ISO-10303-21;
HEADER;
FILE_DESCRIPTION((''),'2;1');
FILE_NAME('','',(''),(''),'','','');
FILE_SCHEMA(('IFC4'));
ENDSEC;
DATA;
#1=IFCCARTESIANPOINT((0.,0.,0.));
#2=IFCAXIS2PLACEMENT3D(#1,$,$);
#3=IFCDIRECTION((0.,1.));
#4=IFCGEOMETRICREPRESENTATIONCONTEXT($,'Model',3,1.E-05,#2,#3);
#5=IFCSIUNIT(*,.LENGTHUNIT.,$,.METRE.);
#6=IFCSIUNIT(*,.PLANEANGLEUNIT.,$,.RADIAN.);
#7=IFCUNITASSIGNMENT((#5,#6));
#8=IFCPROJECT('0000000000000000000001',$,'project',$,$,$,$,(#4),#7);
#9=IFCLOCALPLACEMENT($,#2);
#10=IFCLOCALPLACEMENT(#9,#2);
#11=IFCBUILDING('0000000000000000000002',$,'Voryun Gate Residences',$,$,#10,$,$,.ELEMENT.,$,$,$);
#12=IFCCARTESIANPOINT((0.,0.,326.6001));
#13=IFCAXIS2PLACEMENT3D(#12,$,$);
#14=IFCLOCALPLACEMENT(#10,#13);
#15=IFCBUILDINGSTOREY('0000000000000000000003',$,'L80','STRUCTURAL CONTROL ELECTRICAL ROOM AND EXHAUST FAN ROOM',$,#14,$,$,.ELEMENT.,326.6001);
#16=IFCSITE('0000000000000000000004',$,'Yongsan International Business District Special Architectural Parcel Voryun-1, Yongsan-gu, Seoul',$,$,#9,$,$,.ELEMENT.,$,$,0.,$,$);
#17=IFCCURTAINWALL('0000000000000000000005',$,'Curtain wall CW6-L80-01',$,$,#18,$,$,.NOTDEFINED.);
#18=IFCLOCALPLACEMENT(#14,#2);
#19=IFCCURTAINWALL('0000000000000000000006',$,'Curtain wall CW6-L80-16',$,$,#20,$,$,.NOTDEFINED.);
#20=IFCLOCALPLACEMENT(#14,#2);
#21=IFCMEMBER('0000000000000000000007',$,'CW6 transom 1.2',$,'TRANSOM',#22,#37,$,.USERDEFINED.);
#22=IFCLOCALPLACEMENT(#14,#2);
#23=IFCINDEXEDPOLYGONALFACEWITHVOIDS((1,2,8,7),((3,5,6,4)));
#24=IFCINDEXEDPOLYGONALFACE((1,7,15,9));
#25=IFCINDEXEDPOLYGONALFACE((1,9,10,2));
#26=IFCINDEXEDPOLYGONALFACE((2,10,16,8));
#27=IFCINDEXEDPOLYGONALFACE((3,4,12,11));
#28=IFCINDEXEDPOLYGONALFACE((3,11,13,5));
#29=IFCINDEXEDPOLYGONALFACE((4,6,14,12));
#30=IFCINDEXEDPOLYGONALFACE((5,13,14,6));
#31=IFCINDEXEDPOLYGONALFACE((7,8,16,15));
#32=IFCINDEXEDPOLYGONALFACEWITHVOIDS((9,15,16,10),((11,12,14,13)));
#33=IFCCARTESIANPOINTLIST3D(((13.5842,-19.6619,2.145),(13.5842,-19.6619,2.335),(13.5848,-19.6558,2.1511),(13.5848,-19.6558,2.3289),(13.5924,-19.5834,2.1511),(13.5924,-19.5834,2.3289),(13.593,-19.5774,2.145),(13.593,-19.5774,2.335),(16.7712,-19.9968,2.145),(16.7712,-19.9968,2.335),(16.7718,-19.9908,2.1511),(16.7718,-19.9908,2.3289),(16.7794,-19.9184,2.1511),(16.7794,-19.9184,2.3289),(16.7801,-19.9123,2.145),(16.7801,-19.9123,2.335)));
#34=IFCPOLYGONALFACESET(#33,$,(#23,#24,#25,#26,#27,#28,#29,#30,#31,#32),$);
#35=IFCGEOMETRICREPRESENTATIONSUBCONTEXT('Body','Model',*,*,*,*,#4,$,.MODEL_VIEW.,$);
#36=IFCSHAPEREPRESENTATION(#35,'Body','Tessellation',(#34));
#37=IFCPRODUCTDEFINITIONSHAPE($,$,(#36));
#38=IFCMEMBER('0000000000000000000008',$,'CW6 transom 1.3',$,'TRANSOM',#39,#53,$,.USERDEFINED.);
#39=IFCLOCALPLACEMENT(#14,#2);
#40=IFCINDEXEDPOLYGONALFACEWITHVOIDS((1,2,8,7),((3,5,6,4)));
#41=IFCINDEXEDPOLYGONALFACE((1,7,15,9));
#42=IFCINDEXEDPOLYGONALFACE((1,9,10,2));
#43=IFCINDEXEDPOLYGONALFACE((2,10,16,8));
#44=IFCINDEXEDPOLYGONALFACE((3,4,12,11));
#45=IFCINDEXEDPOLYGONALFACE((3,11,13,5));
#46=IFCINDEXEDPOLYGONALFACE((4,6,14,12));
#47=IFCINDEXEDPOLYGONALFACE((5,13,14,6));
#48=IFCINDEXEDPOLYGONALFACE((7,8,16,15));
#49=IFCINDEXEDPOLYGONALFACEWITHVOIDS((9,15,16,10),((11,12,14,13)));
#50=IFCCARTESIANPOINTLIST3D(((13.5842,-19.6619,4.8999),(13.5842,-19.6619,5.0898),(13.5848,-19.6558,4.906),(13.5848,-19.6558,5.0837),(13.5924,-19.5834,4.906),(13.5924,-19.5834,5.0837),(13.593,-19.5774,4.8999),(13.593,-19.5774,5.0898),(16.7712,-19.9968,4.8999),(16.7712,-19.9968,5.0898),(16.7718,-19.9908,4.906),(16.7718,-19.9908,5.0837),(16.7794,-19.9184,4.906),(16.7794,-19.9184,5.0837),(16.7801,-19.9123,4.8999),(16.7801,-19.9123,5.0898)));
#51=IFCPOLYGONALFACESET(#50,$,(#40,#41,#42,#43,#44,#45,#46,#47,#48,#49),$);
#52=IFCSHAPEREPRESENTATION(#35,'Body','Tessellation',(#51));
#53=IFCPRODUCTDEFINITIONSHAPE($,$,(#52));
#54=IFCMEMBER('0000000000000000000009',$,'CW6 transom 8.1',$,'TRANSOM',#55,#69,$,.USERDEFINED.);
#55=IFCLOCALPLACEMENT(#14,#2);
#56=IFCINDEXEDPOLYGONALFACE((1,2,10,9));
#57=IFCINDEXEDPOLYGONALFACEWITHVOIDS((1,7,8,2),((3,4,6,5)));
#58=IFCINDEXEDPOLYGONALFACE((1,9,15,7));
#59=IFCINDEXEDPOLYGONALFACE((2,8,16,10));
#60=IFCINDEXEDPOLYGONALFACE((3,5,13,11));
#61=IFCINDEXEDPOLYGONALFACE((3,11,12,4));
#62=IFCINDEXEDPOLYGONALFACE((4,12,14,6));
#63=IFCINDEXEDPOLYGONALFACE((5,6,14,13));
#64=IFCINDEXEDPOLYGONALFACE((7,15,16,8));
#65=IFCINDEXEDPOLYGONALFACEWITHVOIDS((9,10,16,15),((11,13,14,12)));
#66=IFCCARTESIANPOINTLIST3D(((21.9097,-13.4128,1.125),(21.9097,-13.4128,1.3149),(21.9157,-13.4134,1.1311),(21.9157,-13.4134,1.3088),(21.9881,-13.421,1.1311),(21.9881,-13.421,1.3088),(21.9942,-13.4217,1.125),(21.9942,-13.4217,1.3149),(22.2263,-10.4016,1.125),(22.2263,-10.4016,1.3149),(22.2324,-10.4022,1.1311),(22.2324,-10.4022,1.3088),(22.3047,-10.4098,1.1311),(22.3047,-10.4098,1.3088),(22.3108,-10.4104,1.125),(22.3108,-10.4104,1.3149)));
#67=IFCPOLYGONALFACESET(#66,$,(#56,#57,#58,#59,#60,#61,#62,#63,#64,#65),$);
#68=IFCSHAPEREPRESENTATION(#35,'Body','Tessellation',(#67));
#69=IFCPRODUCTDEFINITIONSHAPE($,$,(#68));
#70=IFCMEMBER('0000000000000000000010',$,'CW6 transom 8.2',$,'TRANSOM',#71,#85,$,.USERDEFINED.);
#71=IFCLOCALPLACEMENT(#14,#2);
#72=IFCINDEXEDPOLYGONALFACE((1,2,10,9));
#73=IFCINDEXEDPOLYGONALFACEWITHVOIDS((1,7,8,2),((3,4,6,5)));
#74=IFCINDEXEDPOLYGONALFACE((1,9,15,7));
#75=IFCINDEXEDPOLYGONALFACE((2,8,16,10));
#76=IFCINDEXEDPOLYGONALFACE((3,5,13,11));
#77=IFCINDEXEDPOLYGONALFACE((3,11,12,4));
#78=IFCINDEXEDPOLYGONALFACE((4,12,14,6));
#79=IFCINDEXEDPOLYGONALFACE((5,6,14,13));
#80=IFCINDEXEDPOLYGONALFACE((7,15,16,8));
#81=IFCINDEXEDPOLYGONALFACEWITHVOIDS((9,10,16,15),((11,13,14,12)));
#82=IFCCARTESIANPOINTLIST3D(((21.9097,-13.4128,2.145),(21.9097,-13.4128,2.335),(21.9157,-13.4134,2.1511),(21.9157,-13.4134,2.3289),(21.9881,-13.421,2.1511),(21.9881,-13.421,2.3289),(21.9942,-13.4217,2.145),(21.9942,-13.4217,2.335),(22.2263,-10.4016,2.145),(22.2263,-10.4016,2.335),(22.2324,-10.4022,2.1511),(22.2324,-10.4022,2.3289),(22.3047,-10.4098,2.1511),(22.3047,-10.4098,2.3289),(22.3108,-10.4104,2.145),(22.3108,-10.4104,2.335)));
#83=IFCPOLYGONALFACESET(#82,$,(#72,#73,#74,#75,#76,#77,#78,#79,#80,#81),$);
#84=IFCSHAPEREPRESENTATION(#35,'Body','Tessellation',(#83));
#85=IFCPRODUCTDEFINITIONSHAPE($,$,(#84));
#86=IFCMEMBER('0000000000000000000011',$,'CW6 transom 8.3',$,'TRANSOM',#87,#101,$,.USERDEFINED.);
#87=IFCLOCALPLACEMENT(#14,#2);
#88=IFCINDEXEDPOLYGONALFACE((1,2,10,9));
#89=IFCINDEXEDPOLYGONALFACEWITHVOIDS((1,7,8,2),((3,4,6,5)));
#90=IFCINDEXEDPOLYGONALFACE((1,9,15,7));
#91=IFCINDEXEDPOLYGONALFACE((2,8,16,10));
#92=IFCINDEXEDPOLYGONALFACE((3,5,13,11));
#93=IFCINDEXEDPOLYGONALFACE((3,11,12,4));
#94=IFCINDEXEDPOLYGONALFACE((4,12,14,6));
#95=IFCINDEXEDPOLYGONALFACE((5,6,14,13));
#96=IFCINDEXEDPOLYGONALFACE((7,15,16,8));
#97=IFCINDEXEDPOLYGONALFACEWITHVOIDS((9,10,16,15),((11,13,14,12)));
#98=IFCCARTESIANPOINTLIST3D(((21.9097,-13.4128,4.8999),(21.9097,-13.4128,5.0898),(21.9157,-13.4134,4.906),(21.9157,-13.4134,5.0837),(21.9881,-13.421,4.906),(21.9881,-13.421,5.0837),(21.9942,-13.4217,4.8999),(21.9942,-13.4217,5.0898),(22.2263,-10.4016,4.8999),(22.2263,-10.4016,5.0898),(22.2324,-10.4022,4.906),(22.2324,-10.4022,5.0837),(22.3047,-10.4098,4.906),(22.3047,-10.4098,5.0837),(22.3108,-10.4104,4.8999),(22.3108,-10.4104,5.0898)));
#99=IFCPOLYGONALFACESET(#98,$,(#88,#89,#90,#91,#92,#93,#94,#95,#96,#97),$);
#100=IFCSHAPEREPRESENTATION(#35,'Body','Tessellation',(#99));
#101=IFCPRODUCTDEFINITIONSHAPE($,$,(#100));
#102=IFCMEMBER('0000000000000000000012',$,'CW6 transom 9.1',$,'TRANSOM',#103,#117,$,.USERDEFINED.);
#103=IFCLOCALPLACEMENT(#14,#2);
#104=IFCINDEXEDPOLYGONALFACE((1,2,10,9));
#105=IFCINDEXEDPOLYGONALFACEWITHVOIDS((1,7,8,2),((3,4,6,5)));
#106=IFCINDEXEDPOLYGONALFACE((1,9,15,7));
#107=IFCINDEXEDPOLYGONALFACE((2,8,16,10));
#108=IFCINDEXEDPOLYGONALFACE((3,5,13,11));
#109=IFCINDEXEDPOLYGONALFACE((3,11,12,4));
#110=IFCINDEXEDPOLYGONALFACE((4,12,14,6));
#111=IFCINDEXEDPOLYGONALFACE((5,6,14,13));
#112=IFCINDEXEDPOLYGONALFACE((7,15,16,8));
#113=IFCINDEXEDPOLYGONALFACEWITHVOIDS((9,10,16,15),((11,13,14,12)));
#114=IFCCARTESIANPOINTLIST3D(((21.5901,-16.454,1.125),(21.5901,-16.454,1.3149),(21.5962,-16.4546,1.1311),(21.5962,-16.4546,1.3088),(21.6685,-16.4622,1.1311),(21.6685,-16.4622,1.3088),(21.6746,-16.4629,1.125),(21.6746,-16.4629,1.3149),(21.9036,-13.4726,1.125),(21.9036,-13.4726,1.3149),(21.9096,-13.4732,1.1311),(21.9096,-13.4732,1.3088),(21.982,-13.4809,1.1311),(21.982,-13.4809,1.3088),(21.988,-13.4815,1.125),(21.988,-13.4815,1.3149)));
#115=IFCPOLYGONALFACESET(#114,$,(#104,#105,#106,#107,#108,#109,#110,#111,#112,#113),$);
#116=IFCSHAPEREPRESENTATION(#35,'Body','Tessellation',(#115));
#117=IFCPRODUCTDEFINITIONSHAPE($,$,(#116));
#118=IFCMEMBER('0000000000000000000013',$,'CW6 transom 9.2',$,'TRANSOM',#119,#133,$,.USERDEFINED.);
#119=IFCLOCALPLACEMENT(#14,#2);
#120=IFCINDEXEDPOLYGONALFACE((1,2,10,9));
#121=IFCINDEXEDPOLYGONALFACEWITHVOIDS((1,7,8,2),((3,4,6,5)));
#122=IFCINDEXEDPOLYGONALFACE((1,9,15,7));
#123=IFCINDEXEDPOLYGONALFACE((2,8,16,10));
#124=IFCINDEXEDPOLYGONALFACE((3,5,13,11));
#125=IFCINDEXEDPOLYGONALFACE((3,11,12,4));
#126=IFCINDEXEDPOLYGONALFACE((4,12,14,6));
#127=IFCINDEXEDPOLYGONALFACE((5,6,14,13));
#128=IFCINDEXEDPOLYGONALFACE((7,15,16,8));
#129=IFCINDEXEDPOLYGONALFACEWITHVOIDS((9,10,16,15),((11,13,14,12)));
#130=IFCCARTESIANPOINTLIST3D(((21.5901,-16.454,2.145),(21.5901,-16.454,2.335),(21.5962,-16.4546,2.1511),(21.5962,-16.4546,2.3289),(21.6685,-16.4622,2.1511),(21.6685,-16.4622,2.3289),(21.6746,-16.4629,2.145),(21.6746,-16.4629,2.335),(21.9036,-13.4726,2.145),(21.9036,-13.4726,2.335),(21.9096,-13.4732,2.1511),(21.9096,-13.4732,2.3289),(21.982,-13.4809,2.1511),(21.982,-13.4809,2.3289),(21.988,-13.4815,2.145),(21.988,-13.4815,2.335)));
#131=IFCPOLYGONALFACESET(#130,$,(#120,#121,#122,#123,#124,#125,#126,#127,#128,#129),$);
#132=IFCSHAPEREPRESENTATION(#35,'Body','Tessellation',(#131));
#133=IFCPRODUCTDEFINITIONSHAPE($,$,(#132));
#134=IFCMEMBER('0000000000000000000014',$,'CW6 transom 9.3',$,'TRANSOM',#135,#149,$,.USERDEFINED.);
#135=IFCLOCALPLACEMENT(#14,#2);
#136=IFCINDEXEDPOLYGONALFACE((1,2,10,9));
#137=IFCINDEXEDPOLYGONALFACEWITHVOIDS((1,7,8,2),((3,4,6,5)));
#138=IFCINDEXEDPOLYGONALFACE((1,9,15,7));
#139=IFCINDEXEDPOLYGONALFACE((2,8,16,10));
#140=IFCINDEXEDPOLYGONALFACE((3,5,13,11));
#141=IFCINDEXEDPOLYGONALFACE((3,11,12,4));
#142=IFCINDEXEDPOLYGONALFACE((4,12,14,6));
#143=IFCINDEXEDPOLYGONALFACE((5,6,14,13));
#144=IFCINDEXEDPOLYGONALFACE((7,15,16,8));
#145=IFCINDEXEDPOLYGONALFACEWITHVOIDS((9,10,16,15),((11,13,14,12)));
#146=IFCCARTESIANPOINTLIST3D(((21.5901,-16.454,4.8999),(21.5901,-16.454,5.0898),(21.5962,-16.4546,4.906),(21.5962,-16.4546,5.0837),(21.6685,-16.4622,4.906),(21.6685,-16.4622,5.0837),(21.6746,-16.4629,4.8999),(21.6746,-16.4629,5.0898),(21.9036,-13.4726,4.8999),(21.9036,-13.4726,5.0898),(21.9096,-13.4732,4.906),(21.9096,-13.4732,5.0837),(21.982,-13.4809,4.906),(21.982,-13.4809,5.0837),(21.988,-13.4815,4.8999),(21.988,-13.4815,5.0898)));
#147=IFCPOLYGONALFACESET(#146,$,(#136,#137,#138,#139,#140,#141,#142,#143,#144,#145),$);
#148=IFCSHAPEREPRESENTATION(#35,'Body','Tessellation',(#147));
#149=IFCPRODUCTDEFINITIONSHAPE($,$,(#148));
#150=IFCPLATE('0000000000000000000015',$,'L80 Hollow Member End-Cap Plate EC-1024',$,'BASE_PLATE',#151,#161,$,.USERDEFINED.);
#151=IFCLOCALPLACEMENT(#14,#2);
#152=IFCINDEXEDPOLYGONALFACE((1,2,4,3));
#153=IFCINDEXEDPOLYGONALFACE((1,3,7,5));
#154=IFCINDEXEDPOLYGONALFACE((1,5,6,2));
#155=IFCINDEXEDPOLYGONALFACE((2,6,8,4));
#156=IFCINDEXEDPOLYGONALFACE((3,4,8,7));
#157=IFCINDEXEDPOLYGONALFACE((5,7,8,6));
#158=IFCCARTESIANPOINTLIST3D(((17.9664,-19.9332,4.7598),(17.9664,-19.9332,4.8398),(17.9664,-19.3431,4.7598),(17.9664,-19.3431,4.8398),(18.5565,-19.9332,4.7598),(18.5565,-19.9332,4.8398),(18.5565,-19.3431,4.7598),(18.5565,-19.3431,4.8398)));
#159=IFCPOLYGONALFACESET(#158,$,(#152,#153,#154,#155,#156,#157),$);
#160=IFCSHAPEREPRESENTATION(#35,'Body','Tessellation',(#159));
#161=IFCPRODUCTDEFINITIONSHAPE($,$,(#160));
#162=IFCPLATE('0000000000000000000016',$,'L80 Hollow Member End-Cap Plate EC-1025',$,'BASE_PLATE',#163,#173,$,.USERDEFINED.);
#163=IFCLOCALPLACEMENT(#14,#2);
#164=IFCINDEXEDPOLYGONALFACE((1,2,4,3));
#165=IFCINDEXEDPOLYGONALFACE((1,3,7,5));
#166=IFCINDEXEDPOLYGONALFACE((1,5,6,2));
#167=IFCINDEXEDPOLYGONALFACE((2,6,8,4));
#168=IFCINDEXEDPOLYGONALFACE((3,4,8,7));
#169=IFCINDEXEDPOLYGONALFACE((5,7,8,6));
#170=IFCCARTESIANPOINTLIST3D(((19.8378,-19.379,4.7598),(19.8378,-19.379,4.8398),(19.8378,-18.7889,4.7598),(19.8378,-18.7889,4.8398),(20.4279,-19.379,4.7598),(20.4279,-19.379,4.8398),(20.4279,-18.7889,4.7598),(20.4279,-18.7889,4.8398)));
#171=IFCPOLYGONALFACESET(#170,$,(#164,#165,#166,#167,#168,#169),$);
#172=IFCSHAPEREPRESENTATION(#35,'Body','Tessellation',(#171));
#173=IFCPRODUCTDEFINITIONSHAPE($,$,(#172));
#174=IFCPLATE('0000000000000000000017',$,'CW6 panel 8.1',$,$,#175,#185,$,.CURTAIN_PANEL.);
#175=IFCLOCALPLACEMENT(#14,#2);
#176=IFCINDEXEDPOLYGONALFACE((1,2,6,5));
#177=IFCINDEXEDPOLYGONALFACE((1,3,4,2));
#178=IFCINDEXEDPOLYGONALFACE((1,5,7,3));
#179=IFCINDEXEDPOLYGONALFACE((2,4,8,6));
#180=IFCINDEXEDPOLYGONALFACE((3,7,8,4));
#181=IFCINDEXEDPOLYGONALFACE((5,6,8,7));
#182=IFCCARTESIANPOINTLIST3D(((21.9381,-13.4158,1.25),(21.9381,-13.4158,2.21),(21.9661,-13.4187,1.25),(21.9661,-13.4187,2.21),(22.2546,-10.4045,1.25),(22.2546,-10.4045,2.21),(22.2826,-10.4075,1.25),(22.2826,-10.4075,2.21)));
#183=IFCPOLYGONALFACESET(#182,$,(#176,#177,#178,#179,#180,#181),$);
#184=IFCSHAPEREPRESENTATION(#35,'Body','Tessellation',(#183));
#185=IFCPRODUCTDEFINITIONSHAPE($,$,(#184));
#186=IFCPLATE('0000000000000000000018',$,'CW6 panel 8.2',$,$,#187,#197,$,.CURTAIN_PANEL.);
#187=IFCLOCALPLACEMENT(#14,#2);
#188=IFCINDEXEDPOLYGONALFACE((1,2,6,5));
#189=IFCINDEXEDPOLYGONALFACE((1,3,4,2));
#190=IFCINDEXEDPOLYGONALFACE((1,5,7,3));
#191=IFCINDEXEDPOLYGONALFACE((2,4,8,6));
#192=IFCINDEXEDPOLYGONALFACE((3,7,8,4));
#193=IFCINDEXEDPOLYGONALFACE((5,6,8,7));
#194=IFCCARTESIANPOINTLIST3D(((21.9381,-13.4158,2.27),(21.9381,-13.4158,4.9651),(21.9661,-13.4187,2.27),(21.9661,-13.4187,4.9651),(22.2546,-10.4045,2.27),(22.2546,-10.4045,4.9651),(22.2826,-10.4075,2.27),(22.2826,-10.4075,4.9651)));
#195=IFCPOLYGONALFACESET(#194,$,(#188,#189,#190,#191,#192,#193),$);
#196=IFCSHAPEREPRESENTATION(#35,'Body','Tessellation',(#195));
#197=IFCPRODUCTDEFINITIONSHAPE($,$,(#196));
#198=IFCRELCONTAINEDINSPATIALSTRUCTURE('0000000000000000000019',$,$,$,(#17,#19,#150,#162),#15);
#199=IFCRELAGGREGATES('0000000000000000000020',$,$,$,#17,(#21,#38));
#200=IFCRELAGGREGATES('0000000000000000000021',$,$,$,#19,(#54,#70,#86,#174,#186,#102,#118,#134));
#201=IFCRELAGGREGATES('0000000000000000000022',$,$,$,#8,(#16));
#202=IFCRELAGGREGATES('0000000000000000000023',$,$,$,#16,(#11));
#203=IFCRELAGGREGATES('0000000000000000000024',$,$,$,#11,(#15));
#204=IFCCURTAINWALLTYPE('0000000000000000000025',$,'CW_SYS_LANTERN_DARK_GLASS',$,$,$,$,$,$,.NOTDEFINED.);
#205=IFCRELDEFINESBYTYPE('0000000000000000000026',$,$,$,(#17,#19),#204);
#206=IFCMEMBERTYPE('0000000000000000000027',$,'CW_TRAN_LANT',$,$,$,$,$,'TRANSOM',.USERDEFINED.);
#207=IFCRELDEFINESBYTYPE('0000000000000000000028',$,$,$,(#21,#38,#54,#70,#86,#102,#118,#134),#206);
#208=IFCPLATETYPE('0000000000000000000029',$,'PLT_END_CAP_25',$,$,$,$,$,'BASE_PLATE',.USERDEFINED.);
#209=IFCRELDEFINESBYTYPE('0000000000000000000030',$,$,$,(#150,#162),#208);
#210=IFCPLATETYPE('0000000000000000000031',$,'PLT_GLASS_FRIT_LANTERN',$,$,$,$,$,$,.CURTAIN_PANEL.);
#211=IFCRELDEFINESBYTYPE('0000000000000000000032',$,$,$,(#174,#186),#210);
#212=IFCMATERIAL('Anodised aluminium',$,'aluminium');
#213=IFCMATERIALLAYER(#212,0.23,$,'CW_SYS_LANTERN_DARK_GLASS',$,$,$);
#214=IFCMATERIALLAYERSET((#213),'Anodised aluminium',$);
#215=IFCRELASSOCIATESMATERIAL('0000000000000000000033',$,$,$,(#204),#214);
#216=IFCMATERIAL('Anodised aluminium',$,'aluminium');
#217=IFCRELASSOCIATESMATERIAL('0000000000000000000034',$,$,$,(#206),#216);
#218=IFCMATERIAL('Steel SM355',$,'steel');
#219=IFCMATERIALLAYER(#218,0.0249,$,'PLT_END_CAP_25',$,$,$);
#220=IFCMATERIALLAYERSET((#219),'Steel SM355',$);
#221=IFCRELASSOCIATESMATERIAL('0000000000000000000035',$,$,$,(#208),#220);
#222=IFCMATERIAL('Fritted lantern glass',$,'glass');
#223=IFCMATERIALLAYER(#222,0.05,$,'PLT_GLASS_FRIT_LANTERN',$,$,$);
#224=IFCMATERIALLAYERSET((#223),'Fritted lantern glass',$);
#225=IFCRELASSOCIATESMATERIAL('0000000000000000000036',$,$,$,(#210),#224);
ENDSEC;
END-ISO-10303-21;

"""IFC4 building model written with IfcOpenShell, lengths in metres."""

from ifc_helpers import new_model, si_unit, direction, frame, origin, origin_2d, place, context, subcontext, project, spatial, rectangle, hollow_rectangle, extrude, material, layer, layer_set, material_profile, profile_set, type_object, element, aggregate, save


model = new_model("IFC4")

# Units and contexts
model_context = context("Model", 3, precision=1e-05, world=origin(), true_north=direction((0.0, 1.0)))
body_context = subcontext(model_context, "Body", "Model", "MODEL_VIEW")
ifc_project = project(units=[si_unit("LENGTHUNIT", "METRE"), si_unit("PLANEANGLEUNIT", "RADIAN")], contexts=[model_context])

# Site, building, storey
site_placement = place(None, origin())
site = spatial("IfcSite", under=ifc_project, at=site_placement, Name="Yongsan International Business District Special Architectural Parcel Voryun-1, Yongsan-gu, Seoul", CompositionType="ELEMENT", RefElevation=0.0)
building_placement = place(site_placement, origin())
building = spatial("IfcBuilding", under=site, at=building_placement, Name="Voryun Gate Residences", CompositionType="ELEMENT")
storey_placement = place(building_placement, frame((0.0, 0.0, 326.6001)))
storey = spatial("IfcBuildingStorey", under=building, at=storey_placement, Name="L80", Description="STRUCTURAL CONTROL ELECTRICAL ROOM AND EXHAUST FAN ROOM", CompositionType="ELEMENT", Elevation=326.6001)

# Curtain wall
ifc_material_1 = material(Name="Anodised aluminium", Category="aluminium")
ifc_layer_1 = layer(ifc_material_1, 0.23, Name="CW_SYS_LANTERN_DARK_GLASS")
ifc_layer_set_1 = layer_set([ifc_layer_1], Name="Anodised aluminium")
curtain_wall_type = type_object("IfcCurtainWallType", Name="CW_SYS_LANTERN_DARK_GLASS", PredefinedType="NOTDEFINED", material=ifc_layer_set_1)
curtain_wall_1_placement = place(storey_placement, origin())
curtain_wall_1 = element("IfcCurtainWall", 1, at=curtain_wall_1_placement, inside=storey, type_object=curtain_wall_type, Name="Curtain wall CW6-L80-01", PredefinedType="NOTDEFINED")

# Curtain wall
curtain_wall_2_placement = place(storey_placement, origin())
curtain_wall_2 = element("IfcCurtainWall", 2, at=curtain_wall_2_placement, inside=storey, type_object=curtain_wall_type, Name="Curtain wall CW6-L80-16", PredefinedType="NOTDEFINED")

# Members
ifc_material_2 = material(Name="Anodised aluminium", Category="aluminium")
ifc_material_profile_1 = material_profile(ifc_material_2, hollow_rectangle(XDim=0.085, YDim=0.1899, WallThickness=0.0061, at=origin_2d()), Name="ALU-TRAN-190x85x6")
ifc_profile_set_1 = profile_set([ifc_material_profile_1], Name="Anodised aluminium")
member_type_1 = type_object("IfcMemberType", Name="CW_TRAN_LANT", ElementType="TRANSOM", PredefinedType="USERDEFINED", material=ifc_profile_set_1)
member_1_placement = place(storey_placement, frame((16.7756, -19.9546, 2.24), z_axis=(-0.994522, 0.104526, 0.0), x_axis=(-0.104526, -0.994522, 0.0)))
member_1 = element("IfcMember", 3, at=member_1_placement, type_object=member_type_1, Name="CW6 transom 1.2", ObjectType="TRANSOM", PredefinedType="USERDEFINED", context=body_context, shape_type="SweptSolid", body=[
    extrude(hollow_rectangle(XDim=0.085, YDim=0.1899, WallThickness=0.0061, at=origin_2d()), origin(), (0.0, 0.0, 1.0), 3.2046),
])
member_2_placement = place(storey_placement, frame((16.7756, -19.9546, 4.9949), z_axis=(-0.994522, 0.104526, 0.0), x_axis=(-0.104526, -0.994522, 0.0)))
member_2 = element("IfcMember", 4, at=member_2_placement, type_object=member_type_1, Name="CW6 transom 1.3", ObjectType="TRANSOM", PredefinedType="USERDEFINED", context=body_context, shape_type="SweptSolid", body=[
    extrude(hollow_rectangle(XDim=0.085, YDim=0.1899, WallThickness=0.0061, at=origin_2d()), origin(), (0.0, 0.0, 1.0), 3.2046),
])
aggregate(curtain_wall_1, [member_1, member_2])
member_3_placement = place(storey_placement, frame((22.2686, -10.406, 1.22), z_axis=(-0.10458, -0.994516, 0.0), x_axis=(0.994516, -0.10458, 0.0)))
member_3 = element("IfcMember", 5, at=member_3_placement, type_object=member_type_1, Name="CW6 transom 8.1", ObjectType="TRANSOM", PredefinedType="USERDEFINED", context=body_context, shape_type="SweptSolid", body=[
    extrude(hollow_rectangle(XDim=0.085, YDim=0.1899, WallThickness=0.0061, at=origin_2d()), origin(), (0.0, 0.0, 1.0), 3.0278),
])
member_4_placement = place(storey_placement, frame((22.2686, -10.406, 2.24), z_axis=(-0.10458, -0.994516, 0.0), x_axis=(0.994516, -0.10458, 0.0)))
member_4 = element("IfcMember", 6, at=member_4_placement, type_object=member_type_1, Name="CW6 transom 8.2", ObjectType="TRANSOM", PredefinedType="USERDEFINED", context=body_context, shape_type="SweptSolid", body=[
    extrude(hollow_rectangle(XDim=0.085, YDim=0.1899, WallThickness=0.0061, at=origin_2d()), origin(), (0.0, 0.0, 1.0), 3.0278),
])
member_5_placement = place(storey_placement, frame((22.2686, -10.406, 4.9949), z_axis=(-0.10458, -0.994516, 0.0), x_axis=(0.994516, -0.10458, 0.0)))
member_5 = element("IfcMember", 7, at=member_5_placement, type_object=member_type_1, Name="CW6 transom 8.3", ObjectType="TRANSOM", PredefinedType="USERDEFINED", context=body_context, shape_type="SweptSolid", body=[
    extrude(hollow_rectangle(XDim=0.085, YDim=0.1899, WallThickness=0.0061, at=origin_2d()), origin(), (0.0, 0.0, 1.0), 3.0278),
])
member_6_placement = place(storey_placement, frame((21.9458, -13.4771, 1.22), z_axis=(-0.104566, -0.994518, 0.0), x_axis=(0.994518, -0.104566, 0.0)))
member_6 = element("IfcMember", 8, at=member_6_placement, type_object=member_type_1, Name="CW6 transom 9.1", ObjectType="TRANSOM", PredefinedType="USERDEFINED", context=body_context, shape_type="SweptSolid", body=[
    extrude(hollow_rectangle(XDim=0.085, YDim=0.1899, WallThickness=0.0061, at=origin_2d()), origin(), (0.0, 0.0, 1.0), 2.9978),
])
member_7_placement = place(storey_placement, frame((21.9458, -13.4771, 2.24), z_axis=(-0.104566, -0.994518, 0.0), x_axis=(0.994518, -0.104566, 0.0)))
member_7 = element("IfcMember", 9, at=member_7_placement, type_object=member_type_1, Name="CW6 transom 9.2", ObjectType="TRANSOM", PredefinedType="USERDEFINED", context=body_context, shape_type="SweptSolid", body=[
    extrude(hollow_rectangle(XDim=0.085, YDim=0.1899, WallThickness=0.0061, at=origin_2d()), origin(), (0.0, 0.0, 1.0), 2.9978),
])
member_8_placement = place(storey_placement, frame((21.9458, -13.4771, 4.9949), z_axis=(-0.104566, -0.994518, 0.0), x_axis=(0.994518, -0.104566, 0.0)))
member_8 = element("IfcMember", 10, at=member_8_placement, type_object=member_type_1, Name="CW6 transom 9.3", ObjectType="TRANSOM", PredefinedType="USERDEFINED", context=body_context, shape_type="SweptSolid", body=[
    extrude(hollow_rectangle(XDim=0.085, YDim=0.1899, WallThickness=0.0061, at=origin_2d()), origin(), (0.0, 0.0, 1.0), 2.9978),
])

# Plates
ifc_material_3 = material(Name="Steel SM355", Category="steel")
ifc_layer_2 = layer(ifc_material_3, 0.0249, Name="PLT_END_CAP_25")
ifc_layer_set_2 = layer_set([ifc_layer_2], Name="Steel SM355")
plate_type_1 = type_object("IfcPlateType", Name="PLT_END_CAP_25", ElementType="BASE_PLATE", PredefinedType="USERDEFINED", material=ifc_layer_set_2)
for number, where, z_axis, x_axis, name in (
    (11, (18.2615, -19.6382, 4.7598), (0.0, 0.0, 1.0), (1.0, 0.0, 0.0), "L80 Hollow Member End-Cap Plate EC-1024"),
    (12, (20.1328, -19.084, 4.7598), (0.0, 0.0, 1.0), (1.0, 0.0, 0.0), "L80 Hollow Member End-Cap Plate EC-1025"),
):
    element("IfcPlate", number, at=place(storey_placement, frame(where, z_axis=z_axis, x_axis=x_axis)), inside=storey, type_object=plate_type_1, Name=name, ObjectType="BASE_PLATE", PredefinedType="USERDEFINED", context=body_context, shape_type="SweptSolid", body=[
        extrude(rectangle(XDim=0.5901, YDim=0.5901, at=origin_2d()), origin(), (0.0, 0.0, 1.0), 0.0801),
    ])

# Plates
ifc_material_4 = material(Name="Fritted lantern glass", Category="glass")
ifc_layer_3 = layer(ifc_material_4, 0.05, Name="PLT_GLASS_FRIT_LANTERN")
ifc_layer_set_3 = layer_set([ifc_layer_3], Name="Fritted lantern glass")
plate_type_2 = type_object("IfcPlateType", Name="PLT_GLASS_FRIT_LANTERN", PredefinedType="CURTAIN_PANEL", material=ifc_layer_set_3)
plate_1_placement = place(storey_placement, frame((22.1104, -11.9116, 1.25), z_axis=(0.0, 0.0, 1.0), x_axis=(-0.104528, -0.994522, 0.0)))
plate_1 = element("IfcPlate", 13, at=plate_1_placement, type_object=plate_type_2, Name="CW6 panel 8.1", PredefinedType="CURTAIN_PANEL", context=body_context, shape_type="SweptSolid", body=[
    extrude(rectangle(XDim=3.0278, YDim=0.0281, at=origin_2d()), origin(), (0.0, 0.0, 1.0), 0.96),
])
plate_2_placement = place(storey_placement, frame((22.1104, -11.9116, 2.27), z_axis=(0.0, 0.0, 1.0), x_axis=(-0.104528, -0.994522, 0.0)))
plate_2 = element("IfcPlate", 14, at=plate_2_placement, type_object=plate_type_2, Name="CW6 panel 8.2", PredefinedType="CURTAIN_PANEL", context=body_context, shape_type="SweptSolid", body=[
    extrude(rectangle(XDim=3.0278, YDim=0.0281, at=origin_2d()), origin(), (0.0, 0.0, 1.0), 2.6951),
])
aggregate(curtain_wall_2, [member_3, member_4, member_5, plate_1, plate_2, member_6, member_7, member_8])

save(model, "model.ifc")
